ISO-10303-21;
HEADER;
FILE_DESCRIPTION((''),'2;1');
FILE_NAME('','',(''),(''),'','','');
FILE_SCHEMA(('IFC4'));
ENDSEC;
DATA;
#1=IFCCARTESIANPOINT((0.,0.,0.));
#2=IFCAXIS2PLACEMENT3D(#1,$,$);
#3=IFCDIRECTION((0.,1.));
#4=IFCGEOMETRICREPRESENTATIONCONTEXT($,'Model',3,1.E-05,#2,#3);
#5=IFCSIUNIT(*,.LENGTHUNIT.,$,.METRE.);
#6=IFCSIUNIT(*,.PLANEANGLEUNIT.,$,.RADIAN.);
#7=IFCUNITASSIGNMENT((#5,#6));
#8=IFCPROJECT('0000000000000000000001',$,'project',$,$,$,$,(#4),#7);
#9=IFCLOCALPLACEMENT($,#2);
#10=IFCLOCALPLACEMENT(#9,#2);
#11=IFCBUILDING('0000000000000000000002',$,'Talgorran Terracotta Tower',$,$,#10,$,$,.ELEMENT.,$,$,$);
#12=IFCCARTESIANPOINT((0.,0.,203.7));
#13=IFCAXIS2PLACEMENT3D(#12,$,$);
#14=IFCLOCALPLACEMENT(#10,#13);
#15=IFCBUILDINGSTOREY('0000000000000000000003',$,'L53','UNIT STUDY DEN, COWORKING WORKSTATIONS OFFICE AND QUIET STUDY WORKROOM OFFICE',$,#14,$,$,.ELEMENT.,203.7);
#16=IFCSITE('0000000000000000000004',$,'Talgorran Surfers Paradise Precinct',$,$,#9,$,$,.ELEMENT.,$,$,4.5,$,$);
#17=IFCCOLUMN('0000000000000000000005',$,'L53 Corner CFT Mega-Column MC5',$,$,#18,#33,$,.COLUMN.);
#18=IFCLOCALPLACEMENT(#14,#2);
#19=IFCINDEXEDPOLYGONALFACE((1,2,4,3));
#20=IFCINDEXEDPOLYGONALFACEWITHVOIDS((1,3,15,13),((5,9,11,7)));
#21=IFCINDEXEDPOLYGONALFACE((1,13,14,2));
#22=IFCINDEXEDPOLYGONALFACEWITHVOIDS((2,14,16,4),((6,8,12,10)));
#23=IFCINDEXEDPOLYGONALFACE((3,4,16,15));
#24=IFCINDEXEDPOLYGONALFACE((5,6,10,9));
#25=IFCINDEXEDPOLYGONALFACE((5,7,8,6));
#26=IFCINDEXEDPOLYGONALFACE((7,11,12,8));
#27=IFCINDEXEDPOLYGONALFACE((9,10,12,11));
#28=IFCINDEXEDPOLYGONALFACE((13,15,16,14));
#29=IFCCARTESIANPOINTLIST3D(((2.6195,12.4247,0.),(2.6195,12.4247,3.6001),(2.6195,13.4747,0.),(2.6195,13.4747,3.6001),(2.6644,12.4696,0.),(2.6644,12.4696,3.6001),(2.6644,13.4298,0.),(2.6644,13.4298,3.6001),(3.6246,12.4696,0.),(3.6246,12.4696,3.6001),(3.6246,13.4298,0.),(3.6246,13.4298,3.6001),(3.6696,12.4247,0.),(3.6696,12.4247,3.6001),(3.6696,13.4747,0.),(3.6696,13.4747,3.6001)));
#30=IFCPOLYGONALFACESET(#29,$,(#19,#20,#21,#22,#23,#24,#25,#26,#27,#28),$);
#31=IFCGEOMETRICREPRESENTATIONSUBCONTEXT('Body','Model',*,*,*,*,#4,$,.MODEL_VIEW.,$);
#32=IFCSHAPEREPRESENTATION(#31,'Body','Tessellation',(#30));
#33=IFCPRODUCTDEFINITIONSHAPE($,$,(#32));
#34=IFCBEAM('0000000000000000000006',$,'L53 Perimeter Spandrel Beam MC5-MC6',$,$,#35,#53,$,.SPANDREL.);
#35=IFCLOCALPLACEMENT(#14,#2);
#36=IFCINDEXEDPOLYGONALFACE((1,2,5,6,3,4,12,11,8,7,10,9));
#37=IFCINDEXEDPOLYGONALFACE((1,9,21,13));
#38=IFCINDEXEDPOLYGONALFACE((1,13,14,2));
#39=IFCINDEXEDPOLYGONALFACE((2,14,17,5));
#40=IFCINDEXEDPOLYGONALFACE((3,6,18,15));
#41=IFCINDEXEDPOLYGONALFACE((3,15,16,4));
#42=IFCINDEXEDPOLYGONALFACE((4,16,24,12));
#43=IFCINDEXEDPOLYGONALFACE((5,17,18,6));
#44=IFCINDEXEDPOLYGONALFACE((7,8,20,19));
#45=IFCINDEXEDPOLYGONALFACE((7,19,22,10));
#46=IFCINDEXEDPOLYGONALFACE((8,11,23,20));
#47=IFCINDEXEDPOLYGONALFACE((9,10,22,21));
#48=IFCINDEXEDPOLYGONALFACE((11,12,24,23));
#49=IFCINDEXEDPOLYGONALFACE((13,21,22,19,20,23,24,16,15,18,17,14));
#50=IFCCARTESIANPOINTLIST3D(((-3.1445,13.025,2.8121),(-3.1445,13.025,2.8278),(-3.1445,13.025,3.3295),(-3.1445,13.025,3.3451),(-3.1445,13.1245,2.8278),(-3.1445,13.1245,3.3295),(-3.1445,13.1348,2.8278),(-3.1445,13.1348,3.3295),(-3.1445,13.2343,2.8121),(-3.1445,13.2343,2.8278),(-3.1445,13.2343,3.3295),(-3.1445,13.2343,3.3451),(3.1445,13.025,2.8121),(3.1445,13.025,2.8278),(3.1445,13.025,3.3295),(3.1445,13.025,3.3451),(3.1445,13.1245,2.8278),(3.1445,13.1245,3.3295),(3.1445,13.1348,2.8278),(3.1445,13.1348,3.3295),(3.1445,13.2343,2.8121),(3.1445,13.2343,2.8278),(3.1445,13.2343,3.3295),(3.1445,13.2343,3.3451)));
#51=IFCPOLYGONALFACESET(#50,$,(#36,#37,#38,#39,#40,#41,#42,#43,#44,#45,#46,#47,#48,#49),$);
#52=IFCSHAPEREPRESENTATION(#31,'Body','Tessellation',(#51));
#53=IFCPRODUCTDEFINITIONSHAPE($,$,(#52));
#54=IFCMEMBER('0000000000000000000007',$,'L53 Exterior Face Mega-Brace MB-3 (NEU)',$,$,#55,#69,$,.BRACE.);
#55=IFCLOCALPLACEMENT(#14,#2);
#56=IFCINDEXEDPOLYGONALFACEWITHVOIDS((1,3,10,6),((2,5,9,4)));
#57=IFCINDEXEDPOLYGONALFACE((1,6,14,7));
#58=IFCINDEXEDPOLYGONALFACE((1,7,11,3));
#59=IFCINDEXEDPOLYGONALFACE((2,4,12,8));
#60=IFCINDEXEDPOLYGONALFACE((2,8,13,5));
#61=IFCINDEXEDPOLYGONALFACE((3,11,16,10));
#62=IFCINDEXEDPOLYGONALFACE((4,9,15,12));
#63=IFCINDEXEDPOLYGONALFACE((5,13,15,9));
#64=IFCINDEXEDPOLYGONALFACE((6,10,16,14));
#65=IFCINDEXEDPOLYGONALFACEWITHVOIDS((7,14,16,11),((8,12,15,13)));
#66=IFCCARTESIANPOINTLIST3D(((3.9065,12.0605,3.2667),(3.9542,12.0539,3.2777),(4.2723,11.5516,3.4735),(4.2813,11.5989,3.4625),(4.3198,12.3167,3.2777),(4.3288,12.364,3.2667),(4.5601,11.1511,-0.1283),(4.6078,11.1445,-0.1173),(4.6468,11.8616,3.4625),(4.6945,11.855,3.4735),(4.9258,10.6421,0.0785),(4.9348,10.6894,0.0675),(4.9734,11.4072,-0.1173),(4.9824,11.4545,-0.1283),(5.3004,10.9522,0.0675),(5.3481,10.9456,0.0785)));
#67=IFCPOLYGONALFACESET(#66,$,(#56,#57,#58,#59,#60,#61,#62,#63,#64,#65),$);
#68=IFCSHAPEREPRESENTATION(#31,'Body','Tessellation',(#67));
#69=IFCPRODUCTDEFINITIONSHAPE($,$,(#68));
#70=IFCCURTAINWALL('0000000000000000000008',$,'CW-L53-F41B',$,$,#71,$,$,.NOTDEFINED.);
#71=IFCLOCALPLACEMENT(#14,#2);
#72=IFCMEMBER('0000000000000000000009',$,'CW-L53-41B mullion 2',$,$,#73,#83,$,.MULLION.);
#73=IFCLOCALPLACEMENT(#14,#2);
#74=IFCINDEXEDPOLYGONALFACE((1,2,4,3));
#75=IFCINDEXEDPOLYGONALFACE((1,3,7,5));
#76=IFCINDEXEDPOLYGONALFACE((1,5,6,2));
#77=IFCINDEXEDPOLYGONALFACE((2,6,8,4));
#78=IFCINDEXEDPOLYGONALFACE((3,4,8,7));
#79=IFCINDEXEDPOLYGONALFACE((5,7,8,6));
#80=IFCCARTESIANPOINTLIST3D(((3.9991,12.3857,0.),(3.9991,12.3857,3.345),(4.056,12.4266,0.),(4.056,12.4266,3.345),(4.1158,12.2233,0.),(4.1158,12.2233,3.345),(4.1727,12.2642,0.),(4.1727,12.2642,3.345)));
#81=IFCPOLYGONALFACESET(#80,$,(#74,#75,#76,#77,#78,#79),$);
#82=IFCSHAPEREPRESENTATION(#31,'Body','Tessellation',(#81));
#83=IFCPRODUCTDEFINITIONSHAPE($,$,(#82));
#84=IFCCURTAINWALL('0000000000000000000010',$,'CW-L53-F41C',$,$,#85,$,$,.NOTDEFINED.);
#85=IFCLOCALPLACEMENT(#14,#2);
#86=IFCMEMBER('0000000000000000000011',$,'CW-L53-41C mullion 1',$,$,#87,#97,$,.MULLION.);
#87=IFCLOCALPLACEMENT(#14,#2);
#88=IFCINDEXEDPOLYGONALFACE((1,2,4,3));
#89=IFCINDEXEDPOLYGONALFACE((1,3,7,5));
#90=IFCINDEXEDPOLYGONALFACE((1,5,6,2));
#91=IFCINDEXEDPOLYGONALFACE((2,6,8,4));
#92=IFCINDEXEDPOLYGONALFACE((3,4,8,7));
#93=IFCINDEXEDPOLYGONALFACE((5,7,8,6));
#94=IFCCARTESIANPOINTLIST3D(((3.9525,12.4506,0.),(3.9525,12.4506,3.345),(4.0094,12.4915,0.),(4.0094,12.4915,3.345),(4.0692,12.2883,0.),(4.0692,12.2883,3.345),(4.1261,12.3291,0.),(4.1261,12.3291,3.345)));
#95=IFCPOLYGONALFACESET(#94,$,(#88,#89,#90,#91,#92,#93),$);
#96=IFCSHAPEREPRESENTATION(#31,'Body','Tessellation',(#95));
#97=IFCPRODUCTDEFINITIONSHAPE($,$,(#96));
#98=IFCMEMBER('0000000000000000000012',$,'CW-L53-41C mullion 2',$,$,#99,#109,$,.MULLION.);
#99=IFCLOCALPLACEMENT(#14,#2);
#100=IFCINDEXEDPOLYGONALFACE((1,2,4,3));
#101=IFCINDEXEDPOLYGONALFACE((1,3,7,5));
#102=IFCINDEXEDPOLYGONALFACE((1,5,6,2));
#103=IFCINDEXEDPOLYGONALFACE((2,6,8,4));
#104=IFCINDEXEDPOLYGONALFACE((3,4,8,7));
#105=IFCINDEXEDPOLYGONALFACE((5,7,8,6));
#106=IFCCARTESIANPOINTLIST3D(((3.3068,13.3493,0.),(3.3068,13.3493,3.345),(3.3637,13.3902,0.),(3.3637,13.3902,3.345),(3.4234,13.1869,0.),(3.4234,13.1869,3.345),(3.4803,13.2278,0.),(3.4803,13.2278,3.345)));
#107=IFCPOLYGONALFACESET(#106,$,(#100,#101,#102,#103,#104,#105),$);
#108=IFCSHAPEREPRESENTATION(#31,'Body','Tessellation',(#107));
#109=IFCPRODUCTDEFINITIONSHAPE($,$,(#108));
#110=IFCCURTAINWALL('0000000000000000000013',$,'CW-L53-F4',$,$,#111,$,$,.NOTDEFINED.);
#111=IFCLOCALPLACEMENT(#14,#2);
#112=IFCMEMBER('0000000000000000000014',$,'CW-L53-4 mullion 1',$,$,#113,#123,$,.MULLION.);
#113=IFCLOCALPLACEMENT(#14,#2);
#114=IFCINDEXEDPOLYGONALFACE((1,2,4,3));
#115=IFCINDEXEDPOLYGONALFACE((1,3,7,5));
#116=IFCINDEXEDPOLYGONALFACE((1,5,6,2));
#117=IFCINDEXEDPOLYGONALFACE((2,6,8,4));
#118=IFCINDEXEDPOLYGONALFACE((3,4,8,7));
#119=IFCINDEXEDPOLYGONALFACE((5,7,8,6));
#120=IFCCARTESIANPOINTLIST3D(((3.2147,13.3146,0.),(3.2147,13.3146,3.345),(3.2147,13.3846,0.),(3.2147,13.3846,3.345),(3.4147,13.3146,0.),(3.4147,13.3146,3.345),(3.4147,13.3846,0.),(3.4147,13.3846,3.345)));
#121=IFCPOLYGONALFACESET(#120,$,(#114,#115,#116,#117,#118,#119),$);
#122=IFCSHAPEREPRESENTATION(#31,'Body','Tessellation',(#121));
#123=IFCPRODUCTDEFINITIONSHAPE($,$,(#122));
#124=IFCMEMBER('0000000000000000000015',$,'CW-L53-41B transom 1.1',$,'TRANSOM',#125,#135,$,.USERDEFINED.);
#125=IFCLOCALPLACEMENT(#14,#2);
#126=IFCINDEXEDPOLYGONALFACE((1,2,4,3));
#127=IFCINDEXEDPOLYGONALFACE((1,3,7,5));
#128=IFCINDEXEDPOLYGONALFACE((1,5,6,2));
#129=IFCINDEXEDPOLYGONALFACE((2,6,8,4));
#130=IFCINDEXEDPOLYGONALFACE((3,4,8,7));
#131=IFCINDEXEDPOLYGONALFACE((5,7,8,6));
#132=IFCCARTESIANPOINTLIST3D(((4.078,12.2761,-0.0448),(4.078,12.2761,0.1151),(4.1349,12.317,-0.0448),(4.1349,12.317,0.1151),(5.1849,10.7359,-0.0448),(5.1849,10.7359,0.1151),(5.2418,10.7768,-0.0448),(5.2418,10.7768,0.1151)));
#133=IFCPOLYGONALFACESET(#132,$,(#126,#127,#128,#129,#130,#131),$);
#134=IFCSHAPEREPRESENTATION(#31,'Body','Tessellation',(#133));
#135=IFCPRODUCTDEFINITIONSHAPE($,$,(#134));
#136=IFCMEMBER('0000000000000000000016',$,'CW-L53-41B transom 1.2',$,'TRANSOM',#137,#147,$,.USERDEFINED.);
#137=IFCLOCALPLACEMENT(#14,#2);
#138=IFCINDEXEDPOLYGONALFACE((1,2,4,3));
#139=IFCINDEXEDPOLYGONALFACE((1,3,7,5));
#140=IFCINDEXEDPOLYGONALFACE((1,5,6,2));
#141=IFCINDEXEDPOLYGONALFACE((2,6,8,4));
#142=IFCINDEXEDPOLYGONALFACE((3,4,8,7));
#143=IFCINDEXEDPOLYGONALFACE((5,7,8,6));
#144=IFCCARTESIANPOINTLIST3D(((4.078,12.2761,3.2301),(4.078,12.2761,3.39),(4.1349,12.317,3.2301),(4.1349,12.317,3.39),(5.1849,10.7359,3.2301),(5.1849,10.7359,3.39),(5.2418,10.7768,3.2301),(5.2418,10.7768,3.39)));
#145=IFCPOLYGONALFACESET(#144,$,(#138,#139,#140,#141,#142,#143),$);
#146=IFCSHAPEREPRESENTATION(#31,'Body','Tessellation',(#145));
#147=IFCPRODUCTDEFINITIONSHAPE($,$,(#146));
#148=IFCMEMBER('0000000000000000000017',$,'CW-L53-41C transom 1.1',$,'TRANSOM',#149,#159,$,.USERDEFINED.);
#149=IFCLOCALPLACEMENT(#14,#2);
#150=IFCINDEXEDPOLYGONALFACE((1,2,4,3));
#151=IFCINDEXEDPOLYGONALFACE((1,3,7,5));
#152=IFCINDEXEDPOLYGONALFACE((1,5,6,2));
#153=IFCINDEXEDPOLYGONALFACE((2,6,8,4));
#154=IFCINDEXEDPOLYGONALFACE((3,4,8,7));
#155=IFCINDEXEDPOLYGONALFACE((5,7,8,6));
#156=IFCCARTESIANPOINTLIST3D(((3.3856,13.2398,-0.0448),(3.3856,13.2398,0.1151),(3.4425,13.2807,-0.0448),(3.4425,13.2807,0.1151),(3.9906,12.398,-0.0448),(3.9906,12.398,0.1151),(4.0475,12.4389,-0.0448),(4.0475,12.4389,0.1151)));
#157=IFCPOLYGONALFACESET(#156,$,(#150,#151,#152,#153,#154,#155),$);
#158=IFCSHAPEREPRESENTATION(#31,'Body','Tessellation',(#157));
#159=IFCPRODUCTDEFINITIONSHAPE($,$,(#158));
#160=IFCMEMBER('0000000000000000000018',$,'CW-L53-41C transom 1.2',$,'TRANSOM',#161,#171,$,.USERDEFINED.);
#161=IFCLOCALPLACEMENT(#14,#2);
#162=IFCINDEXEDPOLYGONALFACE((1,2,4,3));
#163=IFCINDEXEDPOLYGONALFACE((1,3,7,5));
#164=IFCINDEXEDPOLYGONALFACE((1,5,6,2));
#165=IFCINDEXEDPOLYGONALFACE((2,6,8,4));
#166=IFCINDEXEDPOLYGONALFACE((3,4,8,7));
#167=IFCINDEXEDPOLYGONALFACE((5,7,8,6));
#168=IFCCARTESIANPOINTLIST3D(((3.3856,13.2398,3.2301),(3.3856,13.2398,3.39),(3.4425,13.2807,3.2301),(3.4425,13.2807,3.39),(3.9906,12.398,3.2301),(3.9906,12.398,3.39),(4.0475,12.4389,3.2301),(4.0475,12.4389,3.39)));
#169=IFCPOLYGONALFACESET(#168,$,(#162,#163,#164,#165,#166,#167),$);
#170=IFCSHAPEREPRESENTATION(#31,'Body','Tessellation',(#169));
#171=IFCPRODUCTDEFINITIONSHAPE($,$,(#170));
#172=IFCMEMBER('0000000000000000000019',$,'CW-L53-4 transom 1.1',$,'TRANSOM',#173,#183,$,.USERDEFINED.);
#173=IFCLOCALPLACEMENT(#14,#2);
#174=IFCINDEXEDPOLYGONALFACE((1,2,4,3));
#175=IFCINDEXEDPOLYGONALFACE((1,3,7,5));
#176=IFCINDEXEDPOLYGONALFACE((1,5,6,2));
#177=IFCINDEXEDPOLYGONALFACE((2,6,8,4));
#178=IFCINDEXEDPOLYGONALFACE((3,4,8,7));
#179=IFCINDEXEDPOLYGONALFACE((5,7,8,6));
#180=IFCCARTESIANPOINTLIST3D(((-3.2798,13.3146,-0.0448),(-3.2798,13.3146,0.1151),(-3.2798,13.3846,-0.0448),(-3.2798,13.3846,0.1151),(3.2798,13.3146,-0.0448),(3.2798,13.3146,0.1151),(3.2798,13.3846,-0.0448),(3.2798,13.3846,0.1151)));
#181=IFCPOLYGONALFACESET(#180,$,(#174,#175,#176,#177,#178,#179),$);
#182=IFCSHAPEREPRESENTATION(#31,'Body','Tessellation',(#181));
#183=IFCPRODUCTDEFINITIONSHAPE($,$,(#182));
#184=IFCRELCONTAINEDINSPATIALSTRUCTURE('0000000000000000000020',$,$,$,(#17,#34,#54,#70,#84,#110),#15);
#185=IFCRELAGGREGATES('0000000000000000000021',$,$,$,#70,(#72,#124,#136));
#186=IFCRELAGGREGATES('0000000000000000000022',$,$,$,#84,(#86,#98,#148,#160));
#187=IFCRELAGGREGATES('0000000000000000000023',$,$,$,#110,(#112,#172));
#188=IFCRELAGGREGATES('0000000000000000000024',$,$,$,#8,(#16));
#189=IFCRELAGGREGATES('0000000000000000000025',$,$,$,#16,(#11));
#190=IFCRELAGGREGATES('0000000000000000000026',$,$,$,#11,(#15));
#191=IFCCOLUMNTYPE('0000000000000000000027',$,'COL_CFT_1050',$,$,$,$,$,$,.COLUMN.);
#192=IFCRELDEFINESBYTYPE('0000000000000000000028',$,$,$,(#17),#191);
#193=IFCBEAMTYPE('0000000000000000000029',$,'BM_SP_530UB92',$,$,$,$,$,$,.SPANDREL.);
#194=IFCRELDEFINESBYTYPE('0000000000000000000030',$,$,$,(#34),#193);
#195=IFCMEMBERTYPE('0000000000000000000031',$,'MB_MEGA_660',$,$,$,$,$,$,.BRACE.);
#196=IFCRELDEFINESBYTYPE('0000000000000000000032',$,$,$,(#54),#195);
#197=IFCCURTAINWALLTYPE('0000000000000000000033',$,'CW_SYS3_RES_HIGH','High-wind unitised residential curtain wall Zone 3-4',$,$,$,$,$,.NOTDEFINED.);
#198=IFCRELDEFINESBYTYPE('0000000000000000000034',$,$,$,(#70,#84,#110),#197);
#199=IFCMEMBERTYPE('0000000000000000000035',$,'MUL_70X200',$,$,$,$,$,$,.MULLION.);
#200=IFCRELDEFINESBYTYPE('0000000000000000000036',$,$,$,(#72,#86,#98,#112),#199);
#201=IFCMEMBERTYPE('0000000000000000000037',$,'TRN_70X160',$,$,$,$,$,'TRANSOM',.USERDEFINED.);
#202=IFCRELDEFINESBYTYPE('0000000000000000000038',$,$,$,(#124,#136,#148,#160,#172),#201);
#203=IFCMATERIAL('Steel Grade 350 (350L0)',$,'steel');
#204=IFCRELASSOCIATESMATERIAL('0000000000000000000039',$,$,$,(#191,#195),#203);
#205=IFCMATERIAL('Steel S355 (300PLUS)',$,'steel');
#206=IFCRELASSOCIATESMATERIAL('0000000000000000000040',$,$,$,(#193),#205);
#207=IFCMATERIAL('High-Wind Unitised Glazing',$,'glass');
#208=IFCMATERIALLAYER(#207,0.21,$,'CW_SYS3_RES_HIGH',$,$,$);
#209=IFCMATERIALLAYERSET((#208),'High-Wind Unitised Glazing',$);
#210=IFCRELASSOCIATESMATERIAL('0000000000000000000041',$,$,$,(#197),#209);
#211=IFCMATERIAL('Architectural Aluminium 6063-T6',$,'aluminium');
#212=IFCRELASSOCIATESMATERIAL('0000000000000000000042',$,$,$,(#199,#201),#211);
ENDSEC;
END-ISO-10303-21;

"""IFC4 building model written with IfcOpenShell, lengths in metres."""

from ifc_helpers import new_model, si_unit, direction, frame, origin, origin_2d, place, context, subcontext, project, spatial, rectangle, hollow_rectangle, i_section, extrude, material, layer, layer_set, material_profile, profile_set, type_object, element, aggregate, save


model = new_model("IFC4")

# Units and contexts
model_context = context("Model", 3, precision=1e-05, world=origin(), true_north=direction((0.0, 1.0)))
body_context = subcontext(model_context, "Body", "Model", "MODEL_VIEW")
ifc_project = project(units=[si_unit("LENGTHUNIT", "METRE"), si_unit("PLANEANGLEUNIT", "RADIAN")], contexts=[model_context])

# Site, building, storey
site_placement = place(None, origin())
site = spatial("IfcSite", under=ifc_project, at=site_placement, Name="Talgorran Surfers Paradise Precinct", CompositionType="ELEMENT", RefElevation=4.5)
building_placement = place(site_placement, origin())
building = spatial("IfcBuilding", under=site, at=building_placement, Name="Talgorran Terracotta Tower", CompositionType="ELEMENT")
storey_placement = place(building_placement, frame((0.0, 0.0, 203.7)))
storey = spatial("IfcBuildingStorey", under=building, at=storey_placement, Name="L53", Description="UNIT STUDY DEN, COWORKING WORKSTATIONS OFFICE AND QUIET STUDY WORKROOM OFFICE", CompositionType="ELEMENT", Elevation=203.7)

# Column
ifc_material_1 = material(Name="Steel Grade 350 (350L0)", Category="steel")
ifc_material_profile_1 = material_profile(ifc_material_1, hollow_rectangle(XDim=1.05, YDim=1.05, WallThickness=0.0449, at=origin_2d()), Name="CFT1050X1050X45")
ifc_profile_set_1 = profile_set([ifc_material_profile_1], Name="Steel Grade 350 (350L0)")
column_type = type_object("IfcColumnType", Name="COL_CFT_1050", PredefinedType="COLUMN", material=ifc_profile_set_1)
column_placement = place(storey_placement, frame((3.1445, 12.9497, 0.0), z_axis=(0.0, 0.0, 1.0), x_axis=(1.0, 0.0, 0.0)))
element("IfcColumn", 1, at=column_placement, inside=storey, type_object=column_type, Name="L53 Corner CFT Mega-Column MC5", PredefinedType="COLUMN", context=body_context, shape_type="SweptSolid", body=[
    extrude(hollow_rectangle(XDim=1.05, YDim=1.05, WallThickness=0.0449, at=origin_2d()), origin(), (0.0, 0.0, 1.0), 3.6001),
])

# Beam
ifc_material_2 = material(Name="Steel S355 (300PLUS)", Category="steel")
ifc_material_profile_2 = material_profile(ifc_material_2, i_section(OverallWidth=0.2092, OverallDepth=0.533, WebThickness=0.0103, FlangeThickness=0.0156, at=origin_2d()), Name="530UB92.4")
ifc_profile_set_2 = profile_set([ifc_material_profile_2], Name="Steel S355 (300PLUS)")
beam_type = type_object("IfcBeamType", Name="BM_SP_530UB92", PredefinedType="SPANDREL", material=ifc_profile_set_2)
beam_placement = place(storey_placement, frame((3.1445, 13.1296, 3.0786), z_axis=(-1.0, 0.0, 0.0), x_axis=(0.0, -1.0, 0.0)))
element("IfcBeam", 2, at=beam_placement, inside=storey, type_object=beam_type, Name="L53 Perimeter Spandrel Beam MC5-MC6", PredefinedType="SPANDREL", context=body_context, shape_type="SweptSolid", body=[
    extrude(i_section(OverallWidth=0.2092, OverallDepth=0.533, WebThickness=0.0103, FlangeThickness=0.0156, at=origin_2d()), origin(), (0.0, 0.0, 1.0), 6.2891),
])

# Member
ifc_material_profile_3 = material_profile(ifc_material_1, hollow_rectangle(XDim=0.52, YDim=0.6599, WallThickness=0.0349, at=origin_2d()), Name="WBOX660X520X35")
ifc_profile_set_3 = profile_set([ifc_material_profile_3], Name="Steel Grade 350 (350L0)")
member_type_1 = type_object("IfcMemberType", Name="MB_MEGA_660", PredefinedType="BRACE", material=ifc_profile_set_3)
member_1_placement = place(storey_placement, frame((4.9541, 11.0483, -0.0249), z_axis=(-0.182817, 0.254387, 0.949666), x_axis=(-0.812051, -0.583587, 0.0)))
element("IfcMember", 3, at=member_1_placement, inside=storey, type_object=member_type_1, Name="L53 Exterior Face Mega-Brace MB-3 (NEU)", PredefinedType="BRACE", context=body_context, shape_type="SweptSolid", body=[
    extrude(hollow_rectangle(XDim=0.52, YDim=0.6599, WallThickness=0.0349, at=origin_2d()), origin(), (0.0, 0.0, 1.0), 3.575),
])

# Curtain wall, member
ifc_material_3 = material(Name="High-Wind Unitised Glazing", Category="glass")
ifc_layer_1 = layer(ifc_material_3, 0.21, Name="CW_SYS3_RES_HIGH")
ifc_layer_set_1 = layer_set([ifc_layer_1], Name="High-Wind Unitised Glazing")
curtain_wall_type = type_object("IfcCurtainWallType", Name="CW_SYS3_RES_HIGH", Description="High-wind unitised residential curtain wall Zone 3-4", PredefinedType="NOTDEFINED", material=ifc_layer_set_1)
curtain_wall_1_placement = place(storey_placement, origin())
curtain_wall_1 = element("IfcCurtainWall", 4, at=curtain_wall_1_placement, inside=storey, type_object=curtain_wall_type, Name="CW-L53-F41B", PredefinedType="NOTDEFINED")
ifc_material_4 = material(Name="Architectural Aluminium 6063-T6", Category="aluminium")
ifc_material_profile_4 = material_profile(ifc_material_4, rectangle(XDim=0.0701, YDim=0.2, at=origin_2d()), Name="CWM70X200")
ifc_profile_set_4 = profile_set([ifc_material_profile_4], Name="Architectural Aluminium 6063-T6")
member_type_2 = type_object("IfcMemberType", Name="MUL_70X200", PredefinedType="MULLION", material=ifc_profile_set_4)
member_2_placement = place(storey_placement, frame((4.0859, 12.325, 0.0), z_axis=(0.0, 0.0, 1.0), x_axis=(-0.812065, -0.583567, 0.0)))
member_2 = element("IfcMember", 5, at=member_2_placement, type_object=member_type_2, Name="CW-L53-41B mullion 2", PredefinedType="MULLION", context=body_context, shape_type="SweptSolid", body=[
    extrude(rectangle(XDim=0.0701, YDim=0.2, at=origin_2d()), origin(), (0.0, 0.0, 1.0), 3.345),
])

# Curtain wall, members
curtain_wall_2_placement = place(storey_placement, origin())
curtain_wall_2 = element("IfcCurtainWall", 6, at=curtain_wall_2_placement, inside=storey, type_object=curtain_wall_type, Name="CW-L53-F41C", PredefinedType="NOTDEFINED")
member_3_placement = place(storey_placement, frame((4.0393, 12.3899, 0.0), z_axis=(0.0, 0.0, 1.0), x_axis=(-0.812071, -0.583559, 0.0)))
member_3 = element("IfcMember", 7, at=member_3_placement, type_object=member_type_2, Name="CW-L53-41C mullion 1", PredefinedType="MULLION", context=body_context, shape_type="SweptSolid", body=[
    extrude(rectangle(XDim=0.0701, YDim=0.2, at=origin_2d()), origin(), (0.0, 0.0, 1.0), 3.345),
])
member_4_placement = place(storey_placement, frame((3.3936, 13.2886, 0.0), z_axis=(0.0, 0.0, 1.0), x_axis=(-0.812071, -0.583559, 0.0)))
member_4 = element("IfcMember", 8, at=member_4_placement, type_object=member_type_2, Name="CW-L53-41C mullion 2", PredefinedType="MULLION", context=body_context, shape_type="SweptSolid", body=[
    extrude(rectangle(XDim=0.0701, YDim=0.2, at=origin_2d()), origin(), (0.0, 0.0, 1.0), 3.345),
])

# Curtain wall, member
curtain_wall_3_placement = place(storey_placement, origin())
curtain_wall_3 = element("IfcCurtainWall", 9, at=curtain_wall_3_placement, inside=storey, type_object=curtain_wall_type, Name="CW-L53-F4", PredefinedType="NOTDEFINED")
member_5_placement = place(storey_placement, frame((3.3147, 13.3496, 0.0), z_axis=(0.0, 0.0, 1.0), x_axis=(0.0, -1.0, 0.0)))
member_5 = element("IfcMember", 10, at=member_5_placement, type_object=member_type_2, Name="CW-L53-4 mullion 1", PredefinedType="MULLION", context=body_context, shape_type="SweptSolid", body=[
    extrude(rectangle(XDim=0.0701, YDim=0.2, at=origin_2d()), origin(), (0.0, 0.0, 1.0), 3.345),
])

# Members
ifc_material_profile_5 = material_profile(ifc_material_4, rectangle(XDim=0.0701, YDim=0.1599, at=origin_2d()), Name="CWT70X160")
ifc_profile_set_5 = profile_set([ifc_material_profile_5], Name="Architectural Aluminium 6063-T6")
member_type_3 = type_object("IfcMemberType", Name="TRN_70X160", ElementType="TRANSOM", PredefinedType="USERDEFINED", material=ifc_profile_set_5)
member_6_placement = place(storey_placement, frame((5.2134, 10.7563, 0.0352), z_axis=(-0.583586, 0.812052, 0.0), x_axis=(-0.812052, -0.583586, 0.0)))
member_6 = element("IfcMember", 11, at=member_6_placement, type_object=member_type_3, Name="CW-L53-41B transom 1.1", ObjectType="TRANSOM", PredefinedType="USERDEFINED", context=body_context, shape_type="SweptSolid", body=[
    extrude(rectangle(XDim=0.0701, YDim=0.1599, at=origin_2d()), origin(), (0.0, 0.0, 1.0), 1.8967),
])
member_7_placement = place(storey_placement, frame((5.2134, 10.7563, 3.3101), z_axis=(-0.583586, 0.812052, 0.0), x_axis=(-0.812052, -0.583586, 0.0)))
member_7 = element("IfcMember", 12, at=member_7_placement, type_object=member_type_3, Name="CW-L53-41B transom 1.2", ObjectType="TRANSOM", PredefinedType="USERDEFINED", context=body_context, shape_type="SweptSolid", body=[
    extrude(rectangle(XDim=0.0701, YDim=0.1599, at=origin_2d()), origin(), (0.0, 0.0, 1.0), 1.8967),
])
member_8_placement = place(storey_placement, frame((4.019, 12.4185, 0.0352), z_axis=(-0.583597, 0.812043, 0.0), x_axis=(-0.812043, -0.583597, 0.0)))
member_8 = element("IfcMember", 13, at=member_8_placement, type_object=member_type_3, Name="CW-L53-41C transom 1.1", ObjectType="TRANSOM", PredefinedType="USERDEFINED", context=body_context, shape_type="SweptSolid", body=[
    extrude(rectangle(XDim=0.0701, YDim=0.1599, at=origin_2d()), origin(), (0.0, 0.0, 1.0), 1.0366),
])
member_9_placement = place(storey_placement, frame((4.019, 12.4185, 3.3101), z_axis=(-0.583597, 0.812043, 0.0), x_axis=(-0.812043, -0.583597, 0.0)))
member_9 = element("IfcMember", 14, at=member_9_placement, type_object=member_type_3, Name="CW-L53-41C transom 1.2", ObjectType="TRANSOM", PredefinedType="USERDEFINED", context=body_context, shape_type="SweptSolid", body=[
    extrude(rectangle(XDim=0.0701, YDim=0.1599, at=origin_2d()), origin(), (0.0, 0.0, 1.0), 1.0366),
])
member_10_placement = place(storey_placement, frame((3.2798, 13.3496, 0.0352), z_axis=(-1.0, 0.0, 0.0), x_axis=(0.0, -1.0, 0.0)))
member_10 = element("IfcMember", 15, at=member_10_placement, type_object=member_type_3, Name="CW-L53-4 transom 1.1", ObjectType="TRANSOM", PredefinedType="USERDEFINED", context=body_context, shape_type="SweptSolid", body=[
    extrude(rectangle(XDim=0.0701, YDim=0.1599, at=origin_2d()), origin(), (0.0, 0.0, 1.0), 6.5596),
])

aggregate(curtain_wall_1, [member_2, member_6, member_7])
aggregate(curtain_wall_2, [member_3, member_4, member_8, member_9])
aggregate(curtain_wall_3, [member_5, member_10])

save(model, "model.ifc")
